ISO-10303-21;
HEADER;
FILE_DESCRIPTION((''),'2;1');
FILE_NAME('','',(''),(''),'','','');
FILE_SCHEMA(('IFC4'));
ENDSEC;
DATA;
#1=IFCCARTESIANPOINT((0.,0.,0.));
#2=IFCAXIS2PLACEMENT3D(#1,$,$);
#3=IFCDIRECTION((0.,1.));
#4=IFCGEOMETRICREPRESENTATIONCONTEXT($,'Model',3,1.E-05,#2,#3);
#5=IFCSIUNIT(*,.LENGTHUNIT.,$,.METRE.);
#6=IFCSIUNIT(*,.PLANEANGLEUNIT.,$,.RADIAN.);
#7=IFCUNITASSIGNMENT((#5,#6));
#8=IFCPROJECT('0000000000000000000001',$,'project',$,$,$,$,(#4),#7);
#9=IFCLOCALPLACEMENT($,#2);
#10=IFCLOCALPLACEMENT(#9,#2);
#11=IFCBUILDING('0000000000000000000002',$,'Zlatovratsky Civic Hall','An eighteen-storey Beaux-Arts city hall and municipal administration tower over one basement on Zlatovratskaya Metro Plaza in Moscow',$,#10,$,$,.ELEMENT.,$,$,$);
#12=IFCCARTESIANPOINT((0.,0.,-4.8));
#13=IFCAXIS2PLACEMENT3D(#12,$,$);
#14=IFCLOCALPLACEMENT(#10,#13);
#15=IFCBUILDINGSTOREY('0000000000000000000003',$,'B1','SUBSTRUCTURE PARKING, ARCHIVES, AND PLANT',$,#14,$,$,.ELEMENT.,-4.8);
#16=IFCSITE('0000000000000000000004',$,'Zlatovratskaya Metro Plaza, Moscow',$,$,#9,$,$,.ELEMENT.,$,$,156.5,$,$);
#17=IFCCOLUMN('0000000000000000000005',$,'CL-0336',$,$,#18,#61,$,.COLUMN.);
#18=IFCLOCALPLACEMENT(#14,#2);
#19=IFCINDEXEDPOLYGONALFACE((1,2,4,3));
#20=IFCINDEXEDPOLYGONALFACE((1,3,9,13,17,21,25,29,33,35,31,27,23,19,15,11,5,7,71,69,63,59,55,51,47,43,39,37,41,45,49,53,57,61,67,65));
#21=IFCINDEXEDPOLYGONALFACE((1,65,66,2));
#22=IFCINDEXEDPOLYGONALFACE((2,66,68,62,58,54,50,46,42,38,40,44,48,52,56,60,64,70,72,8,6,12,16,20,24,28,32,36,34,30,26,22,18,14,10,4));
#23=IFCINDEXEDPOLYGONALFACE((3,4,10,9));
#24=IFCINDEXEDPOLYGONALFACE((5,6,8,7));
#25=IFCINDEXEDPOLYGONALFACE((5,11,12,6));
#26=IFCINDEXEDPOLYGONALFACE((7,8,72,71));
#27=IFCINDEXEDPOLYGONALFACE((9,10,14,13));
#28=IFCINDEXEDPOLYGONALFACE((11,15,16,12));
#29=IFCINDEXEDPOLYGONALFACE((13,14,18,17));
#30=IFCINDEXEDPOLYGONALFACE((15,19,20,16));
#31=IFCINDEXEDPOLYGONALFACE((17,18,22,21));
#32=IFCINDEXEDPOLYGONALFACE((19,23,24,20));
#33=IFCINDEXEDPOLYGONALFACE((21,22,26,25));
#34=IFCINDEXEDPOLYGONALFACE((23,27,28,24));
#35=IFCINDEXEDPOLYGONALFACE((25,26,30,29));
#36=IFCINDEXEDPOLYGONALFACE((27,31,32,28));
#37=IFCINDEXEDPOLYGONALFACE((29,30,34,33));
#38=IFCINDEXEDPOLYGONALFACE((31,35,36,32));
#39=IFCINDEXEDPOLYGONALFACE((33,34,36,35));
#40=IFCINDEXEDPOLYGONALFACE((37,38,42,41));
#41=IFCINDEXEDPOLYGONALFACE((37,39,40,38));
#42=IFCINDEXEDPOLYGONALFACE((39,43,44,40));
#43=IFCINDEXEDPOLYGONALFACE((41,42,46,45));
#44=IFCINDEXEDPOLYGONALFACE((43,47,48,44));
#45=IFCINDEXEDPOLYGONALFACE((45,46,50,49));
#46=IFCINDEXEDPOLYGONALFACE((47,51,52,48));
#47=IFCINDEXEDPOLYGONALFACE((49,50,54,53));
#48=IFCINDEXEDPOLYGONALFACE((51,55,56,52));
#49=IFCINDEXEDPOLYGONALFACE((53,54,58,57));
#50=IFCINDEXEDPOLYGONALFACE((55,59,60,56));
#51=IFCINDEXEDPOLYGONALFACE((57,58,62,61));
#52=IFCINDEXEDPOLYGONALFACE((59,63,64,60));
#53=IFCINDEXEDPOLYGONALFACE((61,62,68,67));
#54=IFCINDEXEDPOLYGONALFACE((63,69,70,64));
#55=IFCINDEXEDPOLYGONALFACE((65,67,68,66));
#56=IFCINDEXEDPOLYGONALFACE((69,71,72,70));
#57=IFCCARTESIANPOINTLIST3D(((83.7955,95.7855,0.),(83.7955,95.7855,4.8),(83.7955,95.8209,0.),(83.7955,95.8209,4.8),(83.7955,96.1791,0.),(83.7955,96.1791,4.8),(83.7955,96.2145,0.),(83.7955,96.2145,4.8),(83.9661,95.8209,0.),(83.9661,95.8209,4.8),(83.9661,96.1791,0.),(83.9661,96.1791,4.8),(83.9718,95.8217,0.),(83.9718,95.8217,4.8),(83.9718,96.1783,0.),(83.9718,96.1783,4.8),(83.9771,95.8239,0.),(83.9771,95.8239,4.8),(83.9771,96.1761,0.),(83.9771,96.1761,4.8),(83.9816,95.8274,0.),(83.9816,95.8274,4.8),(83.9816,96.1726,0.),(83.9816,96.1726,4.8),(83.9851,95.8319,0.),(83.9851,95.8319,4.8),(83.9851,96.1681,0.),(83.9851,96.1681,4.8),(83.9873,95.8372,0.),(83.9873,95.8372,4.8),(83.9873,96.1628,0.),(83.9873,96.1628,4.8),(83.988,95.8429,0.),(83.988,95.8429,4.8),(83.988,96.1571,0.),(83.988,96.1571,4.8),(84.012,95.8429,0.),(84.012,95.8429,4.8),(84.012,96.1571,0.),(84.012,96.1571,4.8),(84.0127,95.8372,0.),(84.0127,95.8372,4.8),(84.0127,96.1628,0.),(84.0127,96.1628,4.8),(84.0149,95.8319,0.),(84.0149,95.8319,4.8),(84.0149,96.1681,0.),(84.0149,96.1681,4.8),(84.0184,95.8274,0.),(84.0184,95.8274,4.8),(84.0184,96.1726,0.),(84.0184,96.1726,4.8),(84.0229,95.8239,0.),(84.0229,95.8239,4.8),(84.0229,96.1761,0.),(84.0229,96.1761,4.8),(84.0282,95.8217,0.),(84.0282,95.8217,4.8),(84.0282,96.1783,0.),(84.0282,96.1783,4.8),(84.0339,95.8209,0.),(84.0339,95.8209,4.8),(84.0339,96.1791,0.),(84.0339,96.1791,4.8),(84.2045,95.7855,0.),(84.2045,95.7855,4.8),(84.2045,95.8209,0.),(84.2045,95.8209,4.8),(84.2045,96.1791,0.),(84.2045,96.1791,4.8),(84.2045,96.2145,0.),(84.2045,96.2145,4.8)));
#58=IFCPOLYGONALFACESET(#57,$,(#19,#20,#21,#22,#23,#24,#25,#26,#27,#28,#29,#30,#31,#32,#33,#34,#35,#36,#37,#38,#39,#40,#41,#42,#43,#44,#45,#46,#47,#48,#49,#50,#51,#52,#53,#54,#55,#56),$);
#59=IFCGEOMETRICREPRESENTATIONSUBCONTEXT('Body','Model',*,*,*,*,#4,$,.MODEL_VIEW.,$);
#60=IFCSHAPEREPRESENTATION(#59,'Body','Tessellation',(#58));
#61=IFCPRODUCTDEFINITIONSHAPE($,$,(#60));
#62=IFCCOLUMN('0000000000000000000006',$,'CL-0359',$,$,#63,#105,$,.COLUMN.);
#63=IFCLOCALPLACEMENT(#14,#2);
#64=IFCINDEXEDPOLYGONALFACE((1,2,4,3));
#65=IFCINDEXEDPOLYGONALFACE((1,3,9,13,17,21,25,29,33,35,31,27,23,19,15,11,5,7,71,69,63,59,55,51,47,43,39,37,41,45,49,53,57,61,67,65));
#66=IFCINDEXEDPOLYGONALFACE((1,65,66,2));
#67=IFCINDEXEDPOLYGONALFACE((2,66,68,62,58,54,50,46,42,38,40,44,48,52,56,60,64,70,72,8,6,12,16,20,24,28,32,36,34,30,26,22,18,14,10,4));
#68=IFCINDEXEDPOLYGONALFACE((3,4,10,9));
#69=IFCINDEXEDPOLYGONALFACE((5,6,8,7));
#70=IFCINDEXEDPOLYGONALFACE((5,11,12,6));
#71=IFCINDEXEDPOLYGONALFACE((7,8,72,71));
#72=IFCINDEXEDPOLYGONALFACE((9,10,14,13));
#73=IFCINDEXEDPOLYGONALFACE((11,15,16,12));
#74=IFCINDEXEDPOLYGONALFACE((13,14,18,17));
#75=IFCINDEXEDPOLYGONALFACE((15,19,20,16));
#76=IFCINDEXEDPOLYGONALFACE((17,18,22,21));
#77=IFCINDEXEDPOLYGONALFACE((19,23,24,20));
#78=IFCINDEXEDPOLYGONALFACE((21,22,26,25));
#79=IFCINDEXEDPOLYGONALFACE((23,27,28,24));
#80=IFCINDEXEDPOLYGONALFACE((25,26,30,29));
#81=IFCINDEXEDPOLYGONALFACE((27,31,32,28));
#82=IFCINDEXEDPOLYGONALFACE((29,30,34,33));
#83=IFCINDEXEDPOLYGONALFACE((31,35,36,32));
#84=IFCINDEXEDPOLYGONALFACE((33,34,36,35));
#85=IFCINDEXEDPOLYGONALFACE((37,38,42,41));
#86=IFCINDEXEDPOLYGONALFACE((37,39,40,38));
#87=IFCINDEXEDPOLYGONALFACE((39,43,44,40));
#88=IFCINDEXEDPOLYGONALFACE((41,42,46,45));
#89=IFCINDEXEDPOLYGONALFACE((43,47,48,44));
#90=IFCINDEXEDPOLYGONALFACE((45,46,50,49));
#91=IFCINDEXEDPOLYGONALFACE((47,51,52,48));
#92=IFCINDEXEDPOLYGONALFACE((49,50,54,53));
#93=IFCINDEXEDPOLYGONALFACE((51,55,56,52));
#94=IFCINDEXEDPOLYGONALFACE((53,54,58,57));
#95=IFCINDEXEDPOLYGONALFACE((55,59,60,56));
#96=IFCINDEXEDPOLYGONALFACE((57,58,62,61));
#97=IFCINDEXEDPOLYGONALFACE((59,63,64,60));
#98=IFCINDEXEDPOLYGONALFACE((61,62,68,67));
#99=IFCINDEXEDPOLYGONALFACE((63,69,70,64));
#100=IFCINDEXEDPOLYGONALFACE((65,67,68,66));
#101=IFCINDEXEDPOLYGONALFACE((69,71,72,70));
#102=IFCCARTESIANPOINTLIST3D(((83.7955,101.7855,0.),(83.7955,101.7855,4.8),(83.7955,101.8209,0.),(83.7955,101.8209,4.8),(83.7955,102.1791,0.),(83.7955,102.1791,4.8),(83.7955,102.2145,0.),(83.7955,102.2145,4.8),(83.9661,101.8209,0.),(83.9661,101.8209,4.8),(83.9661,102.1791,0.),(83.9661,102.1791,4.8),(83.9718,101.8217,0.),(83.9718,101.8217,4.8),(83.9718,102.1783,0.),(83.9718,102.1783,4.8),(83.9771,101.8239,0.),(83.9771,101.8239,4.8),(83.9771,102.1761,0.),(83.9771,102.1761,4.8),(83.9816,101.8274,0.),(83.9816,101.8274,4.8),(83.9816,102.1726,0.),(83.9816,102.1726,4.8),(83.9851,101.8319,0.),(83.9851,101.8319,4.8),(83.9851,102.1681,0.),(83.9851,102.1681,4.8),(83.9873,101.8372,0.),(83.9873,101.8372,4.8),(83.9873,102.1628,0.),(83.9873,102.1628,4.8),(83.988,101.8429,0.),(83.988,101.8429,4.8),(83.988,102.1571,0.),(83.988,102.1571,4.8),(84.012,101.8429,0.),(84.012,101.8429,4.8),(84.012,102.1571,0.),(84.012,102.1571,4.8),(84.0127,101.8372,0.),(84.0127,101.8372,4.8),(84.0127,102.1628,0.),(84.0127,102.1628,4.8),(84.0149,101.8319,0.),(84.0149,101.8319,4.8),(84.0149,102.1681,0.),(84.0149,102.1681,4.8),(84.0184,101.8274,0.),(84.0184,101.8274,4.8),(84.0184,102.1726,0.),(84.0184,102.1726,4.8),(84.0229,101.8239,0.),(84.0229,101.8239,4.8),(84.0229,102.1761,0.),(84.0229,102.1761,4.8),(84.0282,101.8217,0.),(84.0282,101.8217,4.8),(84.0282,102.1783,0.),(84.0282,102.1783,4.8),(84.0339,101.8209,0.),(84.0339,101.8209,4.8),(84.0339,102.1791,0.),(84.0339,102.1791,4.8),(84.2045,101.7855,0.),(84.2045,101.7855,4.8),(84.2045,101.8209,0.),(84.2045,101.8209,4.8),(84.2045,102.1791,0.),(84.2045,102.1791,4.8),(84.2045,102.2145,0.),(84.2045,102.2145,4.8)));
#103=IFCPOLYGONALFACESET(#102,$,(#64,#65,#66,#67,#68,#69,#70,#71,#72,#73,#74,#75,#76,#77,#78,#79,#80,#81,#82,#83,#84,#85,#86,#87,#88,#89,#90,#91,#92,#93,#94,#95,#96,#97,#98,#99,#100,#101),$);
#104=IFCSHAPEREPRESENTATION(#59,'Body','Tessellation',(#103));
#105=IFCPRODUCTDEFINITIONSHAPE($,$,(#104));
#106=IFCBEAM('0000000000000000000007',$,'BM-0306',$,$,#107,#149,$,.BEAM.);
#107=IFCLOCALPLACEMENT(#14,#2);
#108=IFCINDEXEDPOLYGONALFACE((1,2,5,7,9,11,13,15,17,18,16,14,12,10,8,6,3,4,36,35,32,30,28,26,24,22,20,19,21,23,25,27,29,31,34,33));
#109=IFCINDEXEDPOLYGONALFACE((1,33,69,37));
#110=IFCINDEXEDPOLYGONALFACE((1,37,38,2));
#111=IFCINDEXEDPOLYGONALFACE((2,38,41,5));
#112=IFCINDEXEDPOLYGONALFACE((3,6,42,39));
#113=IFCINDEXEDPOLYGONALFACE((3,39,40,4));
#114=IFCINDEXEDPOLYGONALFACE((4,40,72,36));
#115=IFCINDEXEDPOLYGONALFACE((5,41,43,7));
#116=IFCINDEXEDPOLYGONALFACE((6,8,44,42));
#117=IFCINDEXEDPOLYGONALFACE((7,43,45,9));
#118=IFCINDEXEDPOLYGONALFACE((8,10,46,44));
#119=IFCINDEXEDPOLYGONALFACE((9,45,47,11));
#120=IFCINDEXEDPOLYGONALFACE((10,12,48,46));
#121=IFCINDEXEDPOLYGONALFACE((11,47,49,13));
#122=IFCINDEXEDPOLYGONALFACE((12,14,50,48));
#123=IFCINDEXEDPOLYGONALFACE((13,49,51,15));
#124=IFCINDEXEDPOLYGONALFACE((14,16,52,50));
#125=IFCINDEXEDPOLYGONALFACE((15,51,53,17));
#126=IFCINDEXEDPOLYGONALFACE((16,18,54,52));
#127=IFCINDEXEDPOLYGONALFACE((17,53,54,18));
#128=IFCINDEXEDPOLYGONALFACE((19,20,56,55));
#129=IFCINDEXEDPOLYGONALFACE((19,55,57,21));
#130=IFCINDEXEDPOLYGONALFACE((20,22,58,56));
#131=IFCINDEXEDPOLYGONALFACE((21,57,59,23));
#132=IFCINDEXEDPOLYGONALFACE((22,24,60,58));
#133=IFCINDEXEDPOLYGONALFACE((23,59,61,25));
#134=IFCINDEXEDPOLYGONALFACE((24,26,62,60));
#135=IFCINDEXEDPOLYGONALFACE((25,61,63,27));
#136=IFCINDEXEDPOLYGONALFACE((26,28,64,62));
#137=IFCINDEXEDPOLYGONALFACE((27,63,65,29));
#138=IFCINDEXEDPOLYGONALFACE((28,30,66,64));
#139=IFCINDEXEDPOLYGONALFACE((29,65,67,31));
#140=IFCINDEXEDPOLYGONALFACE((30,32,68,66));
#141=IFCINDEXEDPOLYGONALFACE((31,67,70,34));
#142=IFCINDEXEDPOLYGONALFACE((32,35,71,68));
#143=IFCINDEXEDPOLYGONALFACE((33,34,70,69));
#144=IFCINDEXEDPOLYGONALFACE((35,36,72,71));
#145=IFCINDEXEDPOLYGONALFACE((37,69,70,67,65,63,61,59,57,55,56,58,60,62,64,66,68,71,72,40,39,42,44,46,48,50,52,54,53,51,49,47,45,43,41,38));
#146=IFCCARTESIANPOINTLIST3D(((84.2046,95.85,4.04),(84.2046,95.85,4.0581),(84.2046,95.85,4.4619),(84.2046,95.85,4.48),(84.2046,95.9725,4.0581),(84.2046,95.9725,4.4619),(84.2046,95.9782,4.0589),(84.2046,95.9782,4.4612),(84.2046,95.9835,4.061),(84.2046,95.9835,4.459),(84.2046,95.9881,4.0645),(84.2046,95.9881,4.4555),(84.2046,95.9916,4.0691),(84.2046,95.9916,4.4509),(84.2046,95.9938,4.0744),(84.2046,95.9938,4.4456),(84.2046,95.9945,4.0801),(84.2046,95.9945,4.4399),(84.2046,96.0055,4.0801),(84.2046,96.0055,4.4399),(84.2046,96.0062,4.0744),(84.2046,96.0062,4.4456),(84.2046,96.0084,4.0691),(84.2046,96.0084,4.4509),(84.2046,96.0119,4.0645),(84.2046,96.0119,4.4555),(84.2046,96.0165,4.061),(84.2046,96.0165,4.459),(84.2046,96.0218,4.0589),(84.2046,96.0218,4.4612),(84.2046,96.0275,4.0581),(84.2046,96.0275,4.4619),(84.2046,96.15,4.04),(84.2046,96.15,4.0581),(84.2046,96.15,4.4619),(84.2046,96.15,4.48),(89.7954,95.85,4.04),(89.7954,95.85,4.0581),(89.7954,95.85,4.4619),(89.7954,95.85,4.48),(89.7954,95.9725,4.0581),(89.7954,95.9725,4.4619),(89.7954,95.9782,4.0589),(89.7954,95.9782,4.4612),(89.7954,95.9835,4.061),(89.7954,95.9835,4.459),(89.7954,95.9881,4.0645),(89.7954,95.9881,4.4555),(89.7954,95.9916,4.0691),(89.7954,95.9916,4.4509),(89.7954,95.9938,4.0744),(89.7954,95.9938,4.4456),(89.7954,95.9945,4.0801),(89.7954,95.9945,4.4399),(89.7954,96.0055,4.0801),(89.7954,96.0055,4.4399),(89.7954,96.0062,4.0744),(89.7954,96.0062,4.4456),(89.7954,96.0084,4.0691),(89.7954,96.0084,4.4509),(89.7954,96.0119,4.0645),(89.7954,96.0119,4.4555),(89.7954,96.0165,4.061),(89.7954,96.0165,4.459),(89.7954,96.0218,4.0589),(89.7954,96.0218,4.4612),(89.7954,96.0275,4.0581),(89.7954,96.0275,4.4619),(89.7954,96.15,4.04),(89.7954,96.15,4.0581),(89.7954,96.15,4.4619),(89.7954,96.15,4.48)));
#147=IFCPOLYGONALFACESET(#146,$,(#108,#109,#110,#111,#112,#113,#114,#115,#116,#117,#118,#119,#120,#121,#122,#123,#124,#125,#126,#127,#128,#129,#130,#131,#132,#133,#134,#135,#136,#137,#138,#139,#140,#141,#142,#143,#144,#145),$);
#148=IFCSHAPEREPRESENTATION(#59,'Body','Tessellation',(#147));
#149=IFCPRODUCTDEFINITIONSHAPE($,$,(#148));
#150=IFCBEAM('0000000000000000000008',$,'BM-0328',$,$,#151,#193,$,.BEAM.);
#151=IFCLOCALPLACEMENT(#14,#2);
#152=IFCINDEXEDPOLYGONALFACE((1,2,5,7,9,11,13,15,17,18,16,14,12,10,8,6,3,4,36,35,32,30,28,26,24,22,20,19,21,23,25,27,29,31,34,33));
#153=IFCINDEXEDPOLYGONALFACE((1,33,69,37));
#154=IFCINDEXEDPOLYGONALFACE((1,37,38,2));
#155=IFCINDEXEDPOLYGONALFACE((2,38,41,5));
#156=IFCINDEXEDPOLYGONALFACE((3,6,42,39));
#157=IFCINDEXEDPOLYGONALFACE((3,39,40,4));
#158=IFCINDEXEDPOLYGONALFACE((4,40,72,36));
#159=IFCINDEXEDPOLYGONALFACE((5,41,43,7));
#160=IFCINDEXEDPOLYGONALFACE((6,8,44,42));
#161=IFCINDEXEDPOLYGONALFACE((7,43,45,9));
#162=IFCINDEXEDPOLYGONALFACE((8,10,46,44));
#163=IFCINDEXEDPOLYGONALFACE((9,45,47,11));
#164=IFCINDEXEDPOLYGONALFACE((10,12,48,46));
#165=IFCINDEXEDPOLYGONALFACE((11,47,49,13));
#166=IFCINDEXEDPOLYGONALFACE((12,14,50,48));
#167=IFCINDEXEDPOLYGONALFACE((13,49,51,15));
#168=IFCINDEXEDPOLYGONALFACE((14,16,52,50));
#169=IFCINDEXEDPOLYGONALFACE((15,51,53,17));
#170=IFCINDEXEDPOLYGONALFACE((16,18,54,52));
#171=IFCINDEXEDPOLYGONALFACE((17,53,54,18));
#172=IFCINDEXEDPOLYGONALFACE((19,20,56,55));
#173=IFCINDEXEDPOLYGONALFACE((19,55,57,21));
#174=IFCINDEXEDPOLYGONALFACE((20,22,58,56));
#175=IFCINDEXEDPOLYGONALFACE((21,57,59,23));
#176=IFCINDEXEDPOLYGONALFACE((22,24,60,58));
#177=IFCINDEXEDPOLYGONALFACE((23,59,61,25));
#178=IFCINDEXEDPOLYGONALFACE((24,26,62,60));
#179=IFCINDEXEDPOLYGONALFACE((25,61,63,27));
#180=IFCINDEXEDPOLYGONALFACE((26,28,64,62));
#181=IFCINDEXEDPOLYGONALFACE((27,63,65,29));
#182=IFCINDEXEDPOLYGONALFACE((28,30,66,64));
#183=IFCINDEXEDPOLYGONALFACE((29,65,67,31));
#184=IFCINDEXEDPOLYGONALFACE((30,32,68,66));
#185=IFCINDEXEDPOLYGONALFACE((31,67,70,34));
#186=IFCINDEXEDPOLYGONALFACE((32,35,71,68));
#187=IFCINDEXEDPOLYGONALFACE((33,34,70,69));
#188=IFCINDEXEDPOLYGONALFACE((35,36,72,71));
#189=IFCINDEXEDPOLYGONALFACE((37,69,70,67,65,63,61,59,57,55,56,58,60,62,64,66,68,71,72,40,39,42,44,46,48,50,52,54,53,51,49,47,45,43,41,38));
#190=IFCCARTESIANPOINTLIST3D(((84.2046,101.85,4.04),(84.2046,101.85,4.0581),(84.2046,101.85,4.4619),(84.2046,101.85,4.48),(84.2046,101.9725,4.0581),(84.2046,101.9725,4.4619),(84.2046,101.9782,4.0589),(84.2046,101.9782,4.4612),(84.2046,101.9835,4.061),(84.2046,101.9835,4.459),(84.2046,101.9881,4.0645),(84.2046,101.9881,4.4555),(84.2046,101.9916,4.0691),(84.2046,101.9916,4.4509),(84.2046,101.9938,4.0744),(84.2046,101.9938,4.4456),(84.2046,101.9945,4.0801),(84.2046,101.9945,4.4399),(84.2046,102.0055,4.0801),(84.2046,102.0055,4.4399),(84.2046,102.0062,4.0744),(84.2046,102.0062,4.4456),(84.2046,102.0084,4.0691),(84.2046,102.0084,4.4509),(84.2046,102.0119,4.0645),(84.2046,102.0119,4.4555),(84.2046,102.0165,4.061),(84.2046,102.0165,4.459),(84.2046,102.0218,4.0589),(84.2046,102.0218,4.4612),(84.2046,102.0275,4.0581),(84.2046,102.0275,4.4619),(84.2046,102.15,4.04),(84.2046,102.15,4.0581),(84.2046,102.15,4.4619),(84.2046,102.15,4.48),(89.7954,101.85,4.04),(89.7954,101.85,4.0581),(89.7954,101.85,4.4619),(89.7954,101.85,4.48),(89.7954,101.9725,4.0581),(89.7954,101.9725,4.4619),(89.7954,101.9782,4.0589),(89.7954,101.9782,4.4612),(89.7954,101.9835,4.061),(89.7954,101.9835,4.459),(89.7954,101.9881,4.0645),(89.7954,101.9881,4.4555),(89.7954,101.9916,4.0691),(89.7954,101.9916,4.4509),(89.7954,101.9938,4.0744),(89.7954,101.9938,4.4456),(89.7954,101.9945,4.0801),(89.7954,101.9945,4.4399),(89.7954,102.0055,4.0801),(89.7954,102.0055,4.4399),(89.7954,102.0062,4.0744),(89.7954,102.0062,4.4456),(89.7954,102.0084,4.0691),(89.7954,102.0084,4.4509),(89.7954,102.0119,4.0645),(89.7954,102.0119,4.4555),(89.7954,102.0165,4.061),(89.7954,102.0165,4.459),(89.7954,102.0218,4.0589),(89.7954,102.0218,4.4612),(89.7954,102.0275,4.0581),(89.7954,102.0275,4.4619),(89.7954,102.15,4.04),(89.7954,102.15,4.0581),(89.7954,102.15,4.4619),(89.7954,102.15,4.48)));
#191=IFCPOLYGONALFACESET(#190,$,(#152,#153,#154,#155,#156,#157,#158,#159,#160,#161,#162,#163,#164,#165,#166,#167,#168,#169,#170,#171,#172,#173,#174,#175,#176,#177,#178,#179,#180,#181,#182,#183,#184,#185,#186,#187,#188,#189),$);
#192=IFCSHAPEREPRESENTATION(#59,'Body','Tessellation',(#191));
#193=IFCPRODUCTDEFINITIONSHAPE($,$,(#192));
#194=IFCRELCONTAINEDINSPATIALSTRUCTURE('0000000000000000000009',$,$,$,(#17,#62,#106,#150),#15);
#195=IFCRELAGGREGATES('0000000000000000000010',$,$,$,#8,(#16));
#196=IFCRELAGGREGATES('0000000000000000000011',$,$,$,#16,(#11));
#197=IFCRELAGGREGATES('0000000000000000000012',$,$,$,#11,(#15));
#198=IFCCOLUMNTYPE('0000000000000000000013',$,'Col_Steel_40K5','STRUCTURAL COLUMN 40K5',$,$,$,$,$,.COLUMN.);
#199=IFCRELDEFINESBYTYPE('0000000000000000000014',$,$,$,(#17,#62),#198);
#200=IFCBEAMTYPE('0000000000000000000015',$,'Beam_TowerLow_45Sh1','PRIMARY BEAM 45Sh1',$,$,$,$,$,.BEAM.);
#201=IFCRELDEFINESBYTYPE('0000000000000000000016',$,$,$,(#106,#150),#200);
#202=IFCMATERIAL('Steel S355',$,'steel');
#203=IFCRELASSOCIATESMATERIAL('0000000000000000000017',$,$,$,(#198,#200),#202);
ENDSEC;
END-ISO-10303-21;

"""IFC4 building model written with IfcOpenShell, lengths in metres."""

from ifc_helpers import new_model, si_unit, direction, frame, origin, origin_2d, place, context, subcontext, project, spatial, i_section, extrude, material, material_profile, profile_set, type_object, element, save


model = new_model("IFC4")

# Units and contexts
model_context = context("Model", 3, precision=1e-05, world=origin(), true_north=direction((0.0, 1.0)))
body_context = subcontext(model_context, "Body", "Model", "MODEL_VIEW")
ifc_project = project(units=[si_unit("LENGTHUNIT", "METRE"), si_unit("PLANEANGLEUNIT", "RADIAN")], contexts=[model_context])

# Site, building, storey
site_placement = place(None, origin())
site = spatial("IfcSite", under=ifc_project, at=site_placement, Name="Zlatovratskaya Metro Plaza, Moscow", CompositionType="ELEMENT", RefElevation=156.5)
building_placement = place(site_placement, origin())
building = spatial("IfcBuilding", under=site, at=building_placement, Name="Zlatovratsky Civic Hall", Description="An eighteen-storey Beaux-Arts city hall and municipal administration tower over one basement on Zlatovratskaya Metro Plaza in Moscow", CompositionType="ELEMENT")
storey_placement = place(building_placement, frame((0.0, 0.0, -4.8)))
storey = spatial("IfcBuildingStorey", under=building, at=storey_placement, Name="B1", Description="SUBSTRUCTURE PARKING, ARCHIVES, AND PLANT", CompositionType="ELEMENT", Elevation=-4.8)

# Columns
ifc_material_1 = material(Name="Steel S355", Category="steel")
ifc_material_profile_1 = material_profile(ifc_material_1, i_section(OverallWidth=0.4089, OverallDepth=0.429, WebThickness=0.0239, FlangeThickness=0.0354, FilletRadius=0.022, at=origin_2d()), Name="40K5")
ifc_profile_set_1 = profile_set([ifc_material_profile_1], Name="Steel S355")
column_type = type_object("IfcColumnType", Name="Col_Steel_40K5", Description="STRUCTURAL COLUMN 40K5", PredefinedType="COLUMN", material=ifc_profile_set_1)
for number, where, z_axis, x_axis, name in (
    (1, (84.0, 96.0, 0.0), (0.0, 0.0, 1.0), (1.0, 0.0, 0.0), "CL-0336"),
    (2, (84.0, 102.0, 0.0), (0.0, 0.0, 1.0), (1.0, 0.0, 0.0), "CL-0359"),
):
    element("IfcColumn", number, at=place(storey_placement, frame(where, z_axis=z_axis, x_axis=x_axis)), inside=storey, type_object=column_type, Name=name, PredefinedType="COLUMN", context=body_context, shape_type="SweptSolid", body=[
        extrude(i_section(OverallWidth=0.4089, OverallDepth=0.429, WebThickness=0.0239, FlangeThickness=0.0354, FilletRadius=0.022, at=origin_2d()), origin(), (0.0, 0.0, 1.0), 4.8),
    ])

# Beams
ifc_material_profile_2 = material_profile(ifc_material_1, i_section(OverallWidth=0.3, OverallDepth=0.4399, WebThickness=0.011, FlangeThickness=0.0181, FilletRadius=0.022, at=origin_2d()), Name="45Sh1")
ifc_profile_set_2 = profile_set([ifc_material_profile_2], Name="Steel S355")
beam_type = type_object("IfcBeamType", Name="Beam_TowerLow_45Sh1", Description="PRIMARY BEAM 45Sh1", PredefinedType="BEAM", material=ifc_profile_set_2)
for number, where, z_axis, x_axis, name in (
    (3, (84.2046, 96.0, 4.26), (1.0, 0.0, 0.0), (0.0, 1.0, 0.0), "BM-0306"),
    (4, (84.2046, 102.0, 4.26), (1.0, 0.0, 0.0), (0.0, 1.0, 0.0), "BM-0328"),
):
    element("IfcBeam", number, at=place(storey_placement, frame(where, z_axis=z_axis, x_axis=x_axis)), inside=storey, type_object=beam_type, Name=name, PredefinedType="BEAM", context=body_context, shape_type="SweptSolid", body=[
        extrude(i_section(OverallWidth=0.3, OverallDepth=0.4399, WebThickness=0.011, FlangeThickness=0.0181, FilletRadius=0.022, at=origin_2d()), origin(), (0.0, 0.0, 1.0), 5.5908),
    ])

save(model, "model.ifc")
